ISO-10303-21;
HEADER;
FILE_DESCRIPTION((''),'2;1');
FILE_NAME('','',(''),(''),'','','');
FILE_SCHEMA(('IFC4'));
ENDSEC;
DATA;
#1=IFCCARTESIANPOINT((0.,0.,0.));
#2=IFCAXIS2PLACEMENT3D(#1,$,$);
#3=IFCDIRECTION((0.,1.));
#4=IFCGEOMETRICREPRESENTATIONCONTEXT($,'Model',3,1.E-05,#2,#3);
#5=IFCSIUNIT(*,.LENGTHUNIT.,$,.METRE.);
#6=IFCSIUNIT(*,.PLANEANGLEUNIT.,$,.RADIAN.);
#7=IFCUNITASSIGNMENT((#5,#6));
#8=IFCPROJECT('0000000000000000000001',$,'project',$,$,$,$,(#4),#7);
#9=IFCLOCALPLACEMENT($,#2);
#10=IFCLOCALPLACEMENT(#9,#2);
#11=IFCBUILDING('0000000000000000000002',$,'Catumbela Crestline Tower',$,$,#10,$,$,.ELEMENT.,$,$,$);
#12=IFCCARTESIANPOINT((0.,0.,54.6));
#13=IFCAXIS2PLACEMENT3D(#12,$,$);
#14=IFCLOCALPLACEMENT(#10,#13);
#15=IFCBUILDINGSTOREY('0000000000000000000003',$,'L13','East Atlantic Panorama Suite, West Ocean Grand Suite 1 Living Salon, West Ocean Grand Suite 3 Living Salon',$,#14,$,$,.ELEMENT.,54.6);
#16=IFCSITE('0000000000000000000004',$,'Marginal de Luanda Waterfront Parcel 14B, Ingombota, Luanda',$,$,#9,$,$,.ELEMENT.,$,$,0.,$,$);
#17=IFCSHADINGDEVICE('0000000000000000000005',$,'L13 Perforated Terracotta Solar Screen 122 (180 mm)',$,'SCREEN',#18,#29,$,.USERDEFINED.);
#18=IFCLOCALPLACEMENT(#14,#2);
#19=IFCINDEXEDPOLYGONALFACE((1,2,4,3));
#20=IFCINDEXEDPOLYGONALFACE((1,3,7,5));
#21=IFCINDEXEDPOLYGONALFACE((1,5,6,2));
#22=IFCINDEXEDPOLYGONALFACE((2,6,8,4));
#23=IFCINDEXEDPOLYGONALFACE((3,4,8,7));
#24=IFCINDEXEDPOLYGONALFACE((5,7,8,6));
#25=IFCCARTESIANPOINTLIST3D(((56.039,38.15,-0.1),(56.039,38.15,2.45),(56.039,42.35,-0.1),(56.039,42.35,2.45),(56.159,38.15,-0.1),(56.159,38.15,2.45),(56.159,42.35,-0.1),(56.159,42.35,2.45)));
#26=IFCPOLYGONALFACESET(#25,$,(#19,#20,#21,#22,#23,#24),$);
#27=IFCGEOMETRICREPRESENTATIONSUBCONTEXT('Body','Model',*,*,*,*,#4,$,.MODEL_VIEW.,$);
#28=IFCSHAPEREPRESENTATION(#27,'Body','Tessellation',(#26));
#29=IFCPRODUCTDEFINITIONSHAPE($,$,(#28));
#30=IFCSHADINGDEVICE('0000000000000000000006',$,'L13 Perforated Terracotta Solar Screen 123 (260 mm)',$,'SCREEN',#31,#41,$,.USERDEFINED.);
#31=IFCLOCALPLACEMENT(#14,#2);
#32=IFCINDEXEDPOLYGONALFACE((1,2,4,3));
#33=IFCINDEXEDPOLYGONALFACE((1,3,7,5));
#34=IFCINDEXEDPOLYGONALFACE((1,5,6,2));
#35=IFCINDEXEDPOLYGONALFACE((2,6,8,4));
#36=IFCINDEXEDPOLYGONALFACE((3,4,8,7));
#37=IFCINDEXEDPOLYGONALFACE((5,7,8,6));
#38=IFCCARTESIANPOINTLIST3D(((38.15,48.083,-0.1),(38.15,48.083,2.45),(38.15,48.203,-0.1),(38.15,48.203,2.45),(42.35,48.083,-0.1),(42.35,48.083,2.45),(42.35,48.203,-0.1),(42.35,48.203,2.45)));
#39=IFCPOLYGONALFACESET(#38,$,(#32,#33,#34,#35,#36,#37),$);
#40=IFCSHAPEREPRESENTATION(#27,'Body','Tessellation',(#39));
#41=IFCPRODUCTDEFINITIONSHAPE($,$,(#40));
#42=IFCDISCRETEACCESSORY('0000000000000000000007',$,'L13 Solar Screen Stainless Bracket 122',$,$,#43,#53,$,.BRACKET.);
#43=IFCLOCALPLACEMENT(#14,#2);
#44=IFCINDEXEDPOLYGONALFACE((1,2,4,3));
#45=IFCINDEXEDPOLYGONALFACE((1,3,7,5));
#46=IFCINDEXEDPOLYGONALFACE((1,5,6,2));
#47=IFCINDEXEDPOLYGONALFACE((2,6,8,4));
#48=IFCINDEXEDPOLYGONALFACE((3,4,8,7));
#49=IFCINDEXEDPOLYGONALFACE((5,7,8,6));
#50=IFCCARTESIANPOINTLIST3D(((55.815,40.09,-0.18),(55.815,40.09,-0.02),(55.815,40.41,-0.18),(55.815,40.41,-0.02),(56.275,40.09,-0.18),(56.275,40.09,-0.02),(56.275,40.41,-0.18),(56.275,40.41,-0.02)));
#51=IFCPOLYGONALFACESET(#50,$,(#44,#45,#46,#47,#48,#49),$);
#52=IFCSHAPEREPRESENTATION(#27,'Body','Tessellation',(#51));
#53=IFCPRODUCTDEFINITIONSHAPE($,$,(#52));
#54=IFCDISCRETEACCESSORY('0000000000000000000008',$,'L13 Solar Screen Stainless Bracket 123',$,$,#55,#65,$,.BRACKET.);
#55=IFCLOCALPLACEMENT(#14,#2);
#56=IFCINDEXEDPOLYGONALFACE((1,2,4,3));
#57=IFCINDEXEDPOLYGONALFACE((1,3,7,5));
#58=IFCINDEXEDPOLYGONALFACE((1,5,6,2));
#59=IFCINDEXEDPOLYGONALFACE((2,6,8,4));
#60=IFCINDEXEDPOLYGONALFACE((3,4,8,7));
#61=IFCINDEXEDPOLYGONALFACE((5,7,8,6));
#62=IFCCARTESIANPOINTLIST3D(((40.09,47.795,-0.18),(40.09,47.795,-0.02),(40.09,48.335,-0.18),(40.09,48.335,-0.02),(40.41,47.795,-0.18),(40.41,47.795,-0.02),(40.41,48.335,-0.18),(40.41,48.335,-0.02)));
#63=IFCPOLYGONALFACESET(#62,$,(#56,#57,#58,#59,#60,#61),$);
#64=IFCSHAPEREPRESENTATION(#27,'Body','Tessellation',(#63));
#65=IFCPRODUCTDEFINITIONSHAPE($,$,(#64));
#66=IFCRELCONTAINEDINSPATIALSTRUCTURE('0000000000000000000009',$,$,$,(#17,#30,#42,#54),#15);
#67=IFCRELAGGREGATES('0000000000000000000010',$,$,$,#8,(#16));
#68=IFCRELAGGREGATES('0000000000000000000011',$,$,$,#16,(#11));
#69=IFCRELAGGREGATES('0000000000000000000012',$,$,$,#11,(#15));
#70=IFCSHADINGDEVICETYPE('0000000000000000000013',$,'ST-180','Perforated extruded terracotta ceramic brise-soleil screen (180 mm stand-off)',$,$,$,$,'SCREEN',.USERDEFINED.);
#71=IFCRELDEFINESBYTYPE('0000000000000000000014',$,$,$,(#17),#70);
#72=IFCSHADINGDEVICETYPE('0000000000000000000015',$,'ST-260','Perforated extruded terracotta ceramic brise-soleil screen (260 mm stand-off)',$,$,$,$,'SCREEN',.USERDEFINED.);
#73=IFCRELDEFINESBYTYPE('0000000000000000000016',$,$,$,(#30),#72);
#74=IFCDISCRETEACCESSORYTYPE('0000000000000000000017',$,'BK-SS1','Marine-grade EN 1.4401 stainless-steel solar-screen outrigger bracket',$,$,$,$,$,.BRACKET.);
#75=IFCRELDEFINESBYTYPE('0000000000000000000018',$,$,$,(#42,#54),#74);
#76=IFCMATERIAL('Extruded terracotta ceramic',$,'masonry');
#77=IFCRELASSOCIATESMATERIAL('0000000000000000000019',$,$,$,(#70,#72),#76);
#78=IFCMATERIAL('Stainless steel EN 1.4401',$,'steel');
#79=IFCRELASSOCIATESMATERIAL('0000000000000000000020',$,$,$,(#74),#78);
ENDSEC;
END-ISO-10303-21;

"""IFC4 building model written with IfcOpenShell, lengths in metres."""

from ifc_helpers import new_model, si_unit, direction, frame, origin, origin_2d, place, context, subcontext, project, spatial, rectangle, extrude, material, type_object, element, save


model = new_model("IFC4")

# Units and contexts
model_context = context("Model", 3, precision=1e-05, world=origin(), true_north=direction((0.0, 1.0)))
body_context = subcontext(model_context, "Body", "Model", "MODEL_VIEW")
ifc_project = project(units=[si_unit("LENGTHUNIT", "METRE"), si_unit("PLANEANGLEUNIT", "RADIAN")], contexts=[model_context])

# Site, building, storey
site_placement = place(None, origin())
site = spatial("IfcSite", under=ifc_project, at=site_placement, Name="Marginal de Luanda Waterfront Parcel 14B, Ingombota, Luanda", CompositionType="ELEMENT", RefElevation=0.0)
building_placement = place(site_placement, origin())
building = spatial("IfcBuilding", under=site, at=building_placement, Name="Catumbela Crestline Tower", CompositionType="ELEMENT")
storey_placement = place(building_placement, frame((0.0, 0.0, 54.6)))
storey = spatial("IfcBuildingStorey", under=building, at=storey_placement, Name="L13", Description="East Atlantic Panorama Suite, West Ocean Grand Suite 1 Living Salon, West Ocean Grand Suite 3 Living Salon", CompositionType="ELEMENT", Elevation=54.6)

# Shading devices
ifc_material_1 = material(Name="Extruded terracotta ceramic", Category="masonry")
shading_device_type_1 = type_object("IfcShadingDeviceType", Name="ST-180", Description="Perforated extruded terracotta ceramic brise-soleil screen (180 mm stand-off)", ElementType="SCREEN", PredefinedType="USERDEFINED", material=ifc_material_1)
shading_device_1_placement = place(storey_placement, frame((56.099, 40.25, -0.1), z_axis=(0.0, 0.0, 1.0), x_axis=(0.0, 1.0, 0.0)))
element("IfcShadingDevice", 1, at=shading_device_1_placement, inside=storey, type_object=shading_device_type_1, Name="L13 Perforated Terracotta Solar Screen 122 (180 mm)", ObjectType="SCREEN", PredefinedType="USERDEFINED", context=body_context, shape_type="SweptSolid", body=[
    extrude(rectangle(XDim=4.2, YDim=0.12, at=origin_2d()), origin(), (0.0, 0.0, 1.0), 2.55),
])
shading_device_type_2 = type_object("IfcShadingDeviceType", Name="ST-260", Description="Perforated extruded terracotta ceramic brise-soleil screen (260 mm stand-off)", ElementType="SCREEN", PredefinedType="USERDEFINED", material=ifc_material_1)
shading_device_2_placement = place(storey_placement, frame((40.25, 48.143, -0.1), z_axis=(0.0, 0.0, 1.0), x_axis=(-1.0, 0.0, 0.0)))
element("IfcShadingDevice", 2, at=shading_device_2_placement, inside=storey, type_object=shading_device_type_2, Name="L13 Perforated Terracotta Solar Screen 123 (260 mm)", ObjectType="SCREEN", PredefinedType="USERDEFINED", context=body_context, shape_type="SweptSolid", body=[
    extrude(rectangle(XDim=4.2, YDim=0.12, at=origin_2d()), origin(), (0.0, 0.0, 1.0), 2.55),
])

# Discrete accessories
ifc_material_2 = material(Name="Stainless steel EN 1.4401", Category="steel")
discrete_accessory_type = type_object("IfcDiscreteAccessoryType", Name="BK-SS1", Description="Marine-grade EN 1.4401 stainless-steel solar-screen outrigger bracket", PredefinedType="BRACKET", material=ifc_material_2)
discrete_accessory_1_placement = place(storey_placement, frame((56.045, 40.25, -0.18), z_axis=(0.0, 0.0, 1.0), x_axis=(0.0, 1.0, 0.0)))
element("IfcDiscreteAccessory", 3, at=discrete_accessory_1_placement, inside=storey, type_object=discrete_accessory_type, Name="L13 Solar Screen Stainless Bracket 122", PredefinedType="BRACKET", context=body_context, shape_type="SweptSolid", body=[
    extrude(rectangle(XDim=0.32, YDim=0.46, at=origin_2d()), origin(), (0.0, 0.0, 1.0), 0.16),
])
discrete_accessory_2_placement = place(storey_placement, frame((40.25, 48.065, -0.18), z_axis=(0.0, 0.0, 1.0), x_axis=(-1.0, 0.0, 0.0)))
element("IfcDiscreteAccessory", 4, at=discrete_accessory_2_placement, inside=storey, type_object=discrete_accessory_type, Name="L13 Solar Screen Stainless Bracket 123", PredefinedType="BRACKET", context=body_context, shape_type="SweptSolid", body=[
    extrude(rectangle(XDim=0.32, YDim=0.54, at=origin_2d()), origin(), (0.0, 0.0, 1.0), 0.16),
])

save(model, "model.ifc")
